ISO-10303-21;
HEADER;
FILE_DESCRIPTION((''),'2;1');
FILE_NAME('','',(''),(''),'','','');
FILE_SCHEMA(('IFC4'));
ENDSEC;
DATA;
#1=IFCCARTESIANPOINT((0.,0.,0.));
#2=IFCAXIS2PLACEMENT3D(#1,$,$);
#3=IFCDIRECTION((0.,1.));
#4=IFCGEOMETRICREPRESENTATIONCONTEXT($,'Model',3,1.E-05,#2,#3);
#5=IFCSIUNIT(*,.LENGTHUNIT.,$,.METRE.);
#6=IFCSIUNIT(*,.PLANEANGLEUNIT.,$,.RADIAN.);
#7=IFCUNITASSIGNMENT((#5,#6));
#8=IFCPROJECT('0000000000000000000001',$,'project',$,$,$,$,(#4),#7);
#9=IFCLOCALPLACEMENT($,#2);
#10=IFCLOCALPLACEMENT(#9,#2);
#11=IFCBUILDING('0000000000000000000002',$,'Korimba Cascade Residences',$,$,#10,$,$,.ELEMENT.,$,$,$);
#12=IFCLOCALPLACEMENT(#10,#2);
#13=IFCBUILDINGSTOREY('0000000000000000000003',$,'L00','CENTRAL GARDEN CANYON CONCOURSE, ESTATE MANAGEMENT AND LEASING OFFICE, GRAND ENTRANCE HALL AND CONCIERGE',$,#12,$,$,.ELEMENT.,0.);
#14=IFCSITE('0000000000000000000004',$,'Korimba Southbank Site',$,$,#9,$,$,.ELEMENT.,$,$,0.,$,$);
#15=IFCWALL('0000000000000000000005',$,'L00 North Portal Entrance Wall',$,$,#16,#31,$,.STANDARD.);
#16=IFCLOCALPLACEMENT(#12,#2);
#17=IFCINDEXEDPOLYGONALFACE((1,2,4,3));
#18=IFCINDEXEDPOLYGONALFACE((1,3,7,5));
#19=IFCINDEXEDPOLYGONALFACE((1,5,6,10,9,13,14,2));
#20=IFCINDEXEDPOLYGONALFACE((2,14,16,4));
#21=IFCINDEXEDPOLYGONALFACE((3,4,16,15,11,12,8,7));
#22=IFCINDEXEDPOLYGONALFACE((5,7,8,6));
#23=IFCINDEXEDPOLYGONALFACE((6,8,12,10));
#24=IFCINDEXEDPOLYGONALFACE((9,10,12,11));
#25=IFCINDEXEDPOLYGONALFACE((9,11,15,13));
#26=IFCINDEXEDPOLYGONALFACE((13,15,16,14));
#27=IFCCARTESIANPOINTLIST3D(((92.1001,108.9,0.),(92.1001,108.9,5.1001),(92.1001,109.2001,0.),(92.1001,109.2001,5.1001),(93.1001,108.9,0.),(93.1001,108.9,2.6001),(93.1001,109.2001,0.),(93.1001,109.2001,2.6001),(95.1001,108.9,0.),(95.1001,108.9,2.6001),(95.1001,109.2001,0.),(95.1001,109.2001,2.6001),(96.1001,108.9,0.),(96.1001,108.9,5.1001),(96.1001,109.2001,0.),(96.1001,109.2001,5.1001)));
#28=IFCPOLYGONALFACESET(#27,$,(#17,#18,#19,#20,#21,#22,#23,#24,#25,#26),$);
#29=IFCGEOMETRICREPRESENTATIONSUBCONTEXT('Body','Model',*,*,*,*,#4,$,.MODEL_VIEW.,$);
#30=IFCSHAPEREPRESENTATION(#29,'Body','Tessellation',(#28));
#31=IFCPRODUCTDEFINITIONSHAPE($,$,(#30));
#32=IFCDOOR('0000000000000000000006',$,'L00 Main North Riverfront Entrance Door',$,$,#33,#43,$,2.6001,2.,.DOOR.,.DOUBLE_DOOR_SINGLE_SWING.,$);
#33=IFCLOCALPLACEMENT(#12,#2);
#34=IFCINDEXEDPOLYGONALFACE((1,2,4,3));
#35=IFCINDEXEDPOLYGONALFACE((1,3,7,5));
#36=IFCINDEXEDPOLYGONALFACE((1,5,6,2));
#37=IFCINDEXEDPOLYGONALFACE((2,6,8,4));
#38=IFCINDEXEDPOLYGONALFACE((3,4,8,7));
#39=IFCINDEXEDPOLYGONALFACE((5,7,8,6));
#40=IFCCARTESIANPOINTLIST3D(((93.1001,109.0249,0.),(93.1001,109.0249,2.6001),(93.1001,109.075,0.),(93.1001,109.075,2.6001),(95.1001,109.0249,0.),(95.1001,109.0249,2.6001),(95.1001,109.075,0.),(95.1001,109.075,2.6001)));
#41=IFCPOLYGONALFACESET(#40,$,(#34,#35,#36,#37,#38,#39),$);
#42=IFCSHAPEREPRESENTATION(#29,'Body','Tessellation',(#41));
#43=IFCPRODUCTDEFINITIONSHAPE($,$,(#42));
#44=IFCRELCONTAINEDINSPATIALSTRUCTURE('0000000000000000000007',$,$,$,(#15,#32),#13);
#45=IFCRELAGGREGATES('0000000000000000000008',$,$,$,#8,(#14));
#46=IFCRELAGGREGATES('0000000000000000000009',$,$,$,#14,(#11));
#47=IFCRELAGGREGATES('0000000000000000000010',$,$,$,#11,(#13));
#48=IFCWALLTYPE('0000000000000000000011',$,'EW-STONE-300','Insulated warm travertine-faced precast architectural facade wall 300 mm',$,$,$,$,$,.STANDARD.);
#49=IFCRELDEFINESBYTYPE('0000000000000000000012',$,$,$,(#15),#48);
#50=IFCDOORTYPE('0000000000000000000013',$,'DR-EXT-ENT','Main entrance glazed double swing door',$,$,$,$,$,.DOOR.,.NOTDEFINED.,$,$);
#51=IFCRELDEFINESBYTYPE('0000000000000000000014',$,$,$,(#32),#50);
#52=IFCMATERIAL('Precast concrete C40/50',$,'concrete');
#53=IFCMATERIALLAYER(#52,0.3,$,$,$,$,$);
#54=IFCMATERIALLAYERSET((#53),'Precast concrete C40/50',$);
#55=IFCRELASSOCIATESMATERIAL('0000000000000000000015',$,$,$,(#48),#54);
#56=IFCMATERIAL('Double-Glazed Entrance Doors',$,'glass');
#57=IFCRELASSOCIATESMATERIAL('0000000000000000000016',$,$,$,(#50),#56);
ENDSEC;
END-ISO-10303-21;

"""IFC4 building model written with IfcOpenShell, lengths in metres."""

from ifc_helpers import new_model, si_unit, direction, frame, frame_2d, origin, place, context, subcontext, project, spatial, rectangle, extrude, material, layer, layer_set, type_object, element, fill, save


model = new_model("IFC4")

# Units and contexts
model_context = context("Model", 3, precision=1e-05, world=origin(), true_north=direction((0.0, 1.0)))
body_context = subcontext(model_context, "Body", "Model", "MODEL_VIEW")
ifc_project = project(units=[si_unit("LENGTHUNIT", "METRE"), si_unit("PLANEANGLEUNIT", "RADIAN")], contexts=[model_context])

# Site, building, storey
site_placement = place(None, origin())
site = spatial("IfcSite", under=ifc_project, at=site_placement, Name="Korimba Southbank Site", CompositionType="ELEMENT", RefElevation=0.0)
building_placement = place(site_placement, origin())
building = spatial("IfcBuilding", under=site, at=building_placement, Name="Korimba Cascade Residences", CompositionType="ELEMENT")
storey_placement = place(building_placement, origin())
storey = spatial("IfcBuildingStorey", under=building, at=storey_placement, Name="L00", Description="CENTRAL GARDEN CANYON CONCOURSE, ESTATE MANAGEMENT AND LEASING OFFICE, GRAND ENTRANCE HALL AND CONCIERGE", CompositionType="ELEMENT", Elevation=0.0)

# Wall, opening, door
ifc_material_1 = material(Name="Precast concrete C40/50", Category="concrete")
ifc_layer_1 = layer(ifc_material_1, 0.3)
ifc_layer_set_1 = layer_set([ifc_layer_1], Name="Precast concrete C40/50")
wall_type = type_object("IfcWallType", Name="EW-STONE-300", Description="Insulated warm travertine-faced precast architectural facade wall 300 mm", PredefinedType="STANDARD", material=ifc_layer_set_1)
wall_placement = place(storey_placement, frame((96.1001, 109.05, 0.0), z_axis=(0.0, 0.0, 1.0), x_axis=(-1.0, 0.0, 0.0)))
wall = element("IfcWall", 1, at=wall_placement, inside=storey, type_object=wall_type, Name="L00 North Portal Entrance Wall", PredefinedType="STANDARD", context=body_context, shape_type="SweptSolid", body=[
    extrude(rectangle(XDim=4.0, YDim=0.3, at=frame_2d((2.0, 0.0))), origin(), (0.0, 0.0, 1.0), 5.1001),
])
opening_placement = place(wall_placement, frame((1.0, 0.0, 0.0)))
opening = element("IfcOpeningElement", 2, at=opening_placement, cuts=wall, PredefinedType="OPENING", context=body_context, shape_type="SweptSolid", body=[
    extrude(rectangle(XDim=2.0, YDim=2.6001, at=frame_2d((1.0, 1.3))), frame((0.0, 0.1602, 0.0), z_axis=(0.0, -1.0, 0.0), x_axis=(1.0, 0.0, 0.0)), (0.0, 0.0, 1.0), 0.3201),
])
ifc_material_2 = material(Name="Double-Glazed Entrance Doors", Category="glass")
door_type = type_object("IfcDoorType", Name="DR-EXT-ENT", Description="Main entrance glazed double swing door", OperationType="NOTDEFINED", PredefinedType="DOOR", material=ifc_material_2)
door_placement = place(opening_placement, frame((2.0, 0.0, 0.0), z_axis=(0.0, 0.0, 1.0), x_axis=(-1.0, 0.0, 0.0)))
door = element("IfcDoor", 3, at=door_placement, inside=storey, type_object=door_type, Name="L00 Main North Riverfront Entrance Door", OperationType="DOUBLE_DOOR_SINGLE_SWING", OverallHeight=2.6001, OverallWidth=2.0, PredefinedType="DOOR", context=body_context, shape_type="SweptSolid", body=[
    extrude(rectangle(XDim=2.0, YDim=2.6001, at=frame_2d((1.0, 1.3))), frame((0.0, 0.0249, 0.0), z_axis=(0.0, -1.0, 0.0), x_axis=(1.0, 0.0, 0.0)), (0.0, 0.0, 1.0), 0.05),
])
fill(opening, door)

save(model, "model.ifc")
